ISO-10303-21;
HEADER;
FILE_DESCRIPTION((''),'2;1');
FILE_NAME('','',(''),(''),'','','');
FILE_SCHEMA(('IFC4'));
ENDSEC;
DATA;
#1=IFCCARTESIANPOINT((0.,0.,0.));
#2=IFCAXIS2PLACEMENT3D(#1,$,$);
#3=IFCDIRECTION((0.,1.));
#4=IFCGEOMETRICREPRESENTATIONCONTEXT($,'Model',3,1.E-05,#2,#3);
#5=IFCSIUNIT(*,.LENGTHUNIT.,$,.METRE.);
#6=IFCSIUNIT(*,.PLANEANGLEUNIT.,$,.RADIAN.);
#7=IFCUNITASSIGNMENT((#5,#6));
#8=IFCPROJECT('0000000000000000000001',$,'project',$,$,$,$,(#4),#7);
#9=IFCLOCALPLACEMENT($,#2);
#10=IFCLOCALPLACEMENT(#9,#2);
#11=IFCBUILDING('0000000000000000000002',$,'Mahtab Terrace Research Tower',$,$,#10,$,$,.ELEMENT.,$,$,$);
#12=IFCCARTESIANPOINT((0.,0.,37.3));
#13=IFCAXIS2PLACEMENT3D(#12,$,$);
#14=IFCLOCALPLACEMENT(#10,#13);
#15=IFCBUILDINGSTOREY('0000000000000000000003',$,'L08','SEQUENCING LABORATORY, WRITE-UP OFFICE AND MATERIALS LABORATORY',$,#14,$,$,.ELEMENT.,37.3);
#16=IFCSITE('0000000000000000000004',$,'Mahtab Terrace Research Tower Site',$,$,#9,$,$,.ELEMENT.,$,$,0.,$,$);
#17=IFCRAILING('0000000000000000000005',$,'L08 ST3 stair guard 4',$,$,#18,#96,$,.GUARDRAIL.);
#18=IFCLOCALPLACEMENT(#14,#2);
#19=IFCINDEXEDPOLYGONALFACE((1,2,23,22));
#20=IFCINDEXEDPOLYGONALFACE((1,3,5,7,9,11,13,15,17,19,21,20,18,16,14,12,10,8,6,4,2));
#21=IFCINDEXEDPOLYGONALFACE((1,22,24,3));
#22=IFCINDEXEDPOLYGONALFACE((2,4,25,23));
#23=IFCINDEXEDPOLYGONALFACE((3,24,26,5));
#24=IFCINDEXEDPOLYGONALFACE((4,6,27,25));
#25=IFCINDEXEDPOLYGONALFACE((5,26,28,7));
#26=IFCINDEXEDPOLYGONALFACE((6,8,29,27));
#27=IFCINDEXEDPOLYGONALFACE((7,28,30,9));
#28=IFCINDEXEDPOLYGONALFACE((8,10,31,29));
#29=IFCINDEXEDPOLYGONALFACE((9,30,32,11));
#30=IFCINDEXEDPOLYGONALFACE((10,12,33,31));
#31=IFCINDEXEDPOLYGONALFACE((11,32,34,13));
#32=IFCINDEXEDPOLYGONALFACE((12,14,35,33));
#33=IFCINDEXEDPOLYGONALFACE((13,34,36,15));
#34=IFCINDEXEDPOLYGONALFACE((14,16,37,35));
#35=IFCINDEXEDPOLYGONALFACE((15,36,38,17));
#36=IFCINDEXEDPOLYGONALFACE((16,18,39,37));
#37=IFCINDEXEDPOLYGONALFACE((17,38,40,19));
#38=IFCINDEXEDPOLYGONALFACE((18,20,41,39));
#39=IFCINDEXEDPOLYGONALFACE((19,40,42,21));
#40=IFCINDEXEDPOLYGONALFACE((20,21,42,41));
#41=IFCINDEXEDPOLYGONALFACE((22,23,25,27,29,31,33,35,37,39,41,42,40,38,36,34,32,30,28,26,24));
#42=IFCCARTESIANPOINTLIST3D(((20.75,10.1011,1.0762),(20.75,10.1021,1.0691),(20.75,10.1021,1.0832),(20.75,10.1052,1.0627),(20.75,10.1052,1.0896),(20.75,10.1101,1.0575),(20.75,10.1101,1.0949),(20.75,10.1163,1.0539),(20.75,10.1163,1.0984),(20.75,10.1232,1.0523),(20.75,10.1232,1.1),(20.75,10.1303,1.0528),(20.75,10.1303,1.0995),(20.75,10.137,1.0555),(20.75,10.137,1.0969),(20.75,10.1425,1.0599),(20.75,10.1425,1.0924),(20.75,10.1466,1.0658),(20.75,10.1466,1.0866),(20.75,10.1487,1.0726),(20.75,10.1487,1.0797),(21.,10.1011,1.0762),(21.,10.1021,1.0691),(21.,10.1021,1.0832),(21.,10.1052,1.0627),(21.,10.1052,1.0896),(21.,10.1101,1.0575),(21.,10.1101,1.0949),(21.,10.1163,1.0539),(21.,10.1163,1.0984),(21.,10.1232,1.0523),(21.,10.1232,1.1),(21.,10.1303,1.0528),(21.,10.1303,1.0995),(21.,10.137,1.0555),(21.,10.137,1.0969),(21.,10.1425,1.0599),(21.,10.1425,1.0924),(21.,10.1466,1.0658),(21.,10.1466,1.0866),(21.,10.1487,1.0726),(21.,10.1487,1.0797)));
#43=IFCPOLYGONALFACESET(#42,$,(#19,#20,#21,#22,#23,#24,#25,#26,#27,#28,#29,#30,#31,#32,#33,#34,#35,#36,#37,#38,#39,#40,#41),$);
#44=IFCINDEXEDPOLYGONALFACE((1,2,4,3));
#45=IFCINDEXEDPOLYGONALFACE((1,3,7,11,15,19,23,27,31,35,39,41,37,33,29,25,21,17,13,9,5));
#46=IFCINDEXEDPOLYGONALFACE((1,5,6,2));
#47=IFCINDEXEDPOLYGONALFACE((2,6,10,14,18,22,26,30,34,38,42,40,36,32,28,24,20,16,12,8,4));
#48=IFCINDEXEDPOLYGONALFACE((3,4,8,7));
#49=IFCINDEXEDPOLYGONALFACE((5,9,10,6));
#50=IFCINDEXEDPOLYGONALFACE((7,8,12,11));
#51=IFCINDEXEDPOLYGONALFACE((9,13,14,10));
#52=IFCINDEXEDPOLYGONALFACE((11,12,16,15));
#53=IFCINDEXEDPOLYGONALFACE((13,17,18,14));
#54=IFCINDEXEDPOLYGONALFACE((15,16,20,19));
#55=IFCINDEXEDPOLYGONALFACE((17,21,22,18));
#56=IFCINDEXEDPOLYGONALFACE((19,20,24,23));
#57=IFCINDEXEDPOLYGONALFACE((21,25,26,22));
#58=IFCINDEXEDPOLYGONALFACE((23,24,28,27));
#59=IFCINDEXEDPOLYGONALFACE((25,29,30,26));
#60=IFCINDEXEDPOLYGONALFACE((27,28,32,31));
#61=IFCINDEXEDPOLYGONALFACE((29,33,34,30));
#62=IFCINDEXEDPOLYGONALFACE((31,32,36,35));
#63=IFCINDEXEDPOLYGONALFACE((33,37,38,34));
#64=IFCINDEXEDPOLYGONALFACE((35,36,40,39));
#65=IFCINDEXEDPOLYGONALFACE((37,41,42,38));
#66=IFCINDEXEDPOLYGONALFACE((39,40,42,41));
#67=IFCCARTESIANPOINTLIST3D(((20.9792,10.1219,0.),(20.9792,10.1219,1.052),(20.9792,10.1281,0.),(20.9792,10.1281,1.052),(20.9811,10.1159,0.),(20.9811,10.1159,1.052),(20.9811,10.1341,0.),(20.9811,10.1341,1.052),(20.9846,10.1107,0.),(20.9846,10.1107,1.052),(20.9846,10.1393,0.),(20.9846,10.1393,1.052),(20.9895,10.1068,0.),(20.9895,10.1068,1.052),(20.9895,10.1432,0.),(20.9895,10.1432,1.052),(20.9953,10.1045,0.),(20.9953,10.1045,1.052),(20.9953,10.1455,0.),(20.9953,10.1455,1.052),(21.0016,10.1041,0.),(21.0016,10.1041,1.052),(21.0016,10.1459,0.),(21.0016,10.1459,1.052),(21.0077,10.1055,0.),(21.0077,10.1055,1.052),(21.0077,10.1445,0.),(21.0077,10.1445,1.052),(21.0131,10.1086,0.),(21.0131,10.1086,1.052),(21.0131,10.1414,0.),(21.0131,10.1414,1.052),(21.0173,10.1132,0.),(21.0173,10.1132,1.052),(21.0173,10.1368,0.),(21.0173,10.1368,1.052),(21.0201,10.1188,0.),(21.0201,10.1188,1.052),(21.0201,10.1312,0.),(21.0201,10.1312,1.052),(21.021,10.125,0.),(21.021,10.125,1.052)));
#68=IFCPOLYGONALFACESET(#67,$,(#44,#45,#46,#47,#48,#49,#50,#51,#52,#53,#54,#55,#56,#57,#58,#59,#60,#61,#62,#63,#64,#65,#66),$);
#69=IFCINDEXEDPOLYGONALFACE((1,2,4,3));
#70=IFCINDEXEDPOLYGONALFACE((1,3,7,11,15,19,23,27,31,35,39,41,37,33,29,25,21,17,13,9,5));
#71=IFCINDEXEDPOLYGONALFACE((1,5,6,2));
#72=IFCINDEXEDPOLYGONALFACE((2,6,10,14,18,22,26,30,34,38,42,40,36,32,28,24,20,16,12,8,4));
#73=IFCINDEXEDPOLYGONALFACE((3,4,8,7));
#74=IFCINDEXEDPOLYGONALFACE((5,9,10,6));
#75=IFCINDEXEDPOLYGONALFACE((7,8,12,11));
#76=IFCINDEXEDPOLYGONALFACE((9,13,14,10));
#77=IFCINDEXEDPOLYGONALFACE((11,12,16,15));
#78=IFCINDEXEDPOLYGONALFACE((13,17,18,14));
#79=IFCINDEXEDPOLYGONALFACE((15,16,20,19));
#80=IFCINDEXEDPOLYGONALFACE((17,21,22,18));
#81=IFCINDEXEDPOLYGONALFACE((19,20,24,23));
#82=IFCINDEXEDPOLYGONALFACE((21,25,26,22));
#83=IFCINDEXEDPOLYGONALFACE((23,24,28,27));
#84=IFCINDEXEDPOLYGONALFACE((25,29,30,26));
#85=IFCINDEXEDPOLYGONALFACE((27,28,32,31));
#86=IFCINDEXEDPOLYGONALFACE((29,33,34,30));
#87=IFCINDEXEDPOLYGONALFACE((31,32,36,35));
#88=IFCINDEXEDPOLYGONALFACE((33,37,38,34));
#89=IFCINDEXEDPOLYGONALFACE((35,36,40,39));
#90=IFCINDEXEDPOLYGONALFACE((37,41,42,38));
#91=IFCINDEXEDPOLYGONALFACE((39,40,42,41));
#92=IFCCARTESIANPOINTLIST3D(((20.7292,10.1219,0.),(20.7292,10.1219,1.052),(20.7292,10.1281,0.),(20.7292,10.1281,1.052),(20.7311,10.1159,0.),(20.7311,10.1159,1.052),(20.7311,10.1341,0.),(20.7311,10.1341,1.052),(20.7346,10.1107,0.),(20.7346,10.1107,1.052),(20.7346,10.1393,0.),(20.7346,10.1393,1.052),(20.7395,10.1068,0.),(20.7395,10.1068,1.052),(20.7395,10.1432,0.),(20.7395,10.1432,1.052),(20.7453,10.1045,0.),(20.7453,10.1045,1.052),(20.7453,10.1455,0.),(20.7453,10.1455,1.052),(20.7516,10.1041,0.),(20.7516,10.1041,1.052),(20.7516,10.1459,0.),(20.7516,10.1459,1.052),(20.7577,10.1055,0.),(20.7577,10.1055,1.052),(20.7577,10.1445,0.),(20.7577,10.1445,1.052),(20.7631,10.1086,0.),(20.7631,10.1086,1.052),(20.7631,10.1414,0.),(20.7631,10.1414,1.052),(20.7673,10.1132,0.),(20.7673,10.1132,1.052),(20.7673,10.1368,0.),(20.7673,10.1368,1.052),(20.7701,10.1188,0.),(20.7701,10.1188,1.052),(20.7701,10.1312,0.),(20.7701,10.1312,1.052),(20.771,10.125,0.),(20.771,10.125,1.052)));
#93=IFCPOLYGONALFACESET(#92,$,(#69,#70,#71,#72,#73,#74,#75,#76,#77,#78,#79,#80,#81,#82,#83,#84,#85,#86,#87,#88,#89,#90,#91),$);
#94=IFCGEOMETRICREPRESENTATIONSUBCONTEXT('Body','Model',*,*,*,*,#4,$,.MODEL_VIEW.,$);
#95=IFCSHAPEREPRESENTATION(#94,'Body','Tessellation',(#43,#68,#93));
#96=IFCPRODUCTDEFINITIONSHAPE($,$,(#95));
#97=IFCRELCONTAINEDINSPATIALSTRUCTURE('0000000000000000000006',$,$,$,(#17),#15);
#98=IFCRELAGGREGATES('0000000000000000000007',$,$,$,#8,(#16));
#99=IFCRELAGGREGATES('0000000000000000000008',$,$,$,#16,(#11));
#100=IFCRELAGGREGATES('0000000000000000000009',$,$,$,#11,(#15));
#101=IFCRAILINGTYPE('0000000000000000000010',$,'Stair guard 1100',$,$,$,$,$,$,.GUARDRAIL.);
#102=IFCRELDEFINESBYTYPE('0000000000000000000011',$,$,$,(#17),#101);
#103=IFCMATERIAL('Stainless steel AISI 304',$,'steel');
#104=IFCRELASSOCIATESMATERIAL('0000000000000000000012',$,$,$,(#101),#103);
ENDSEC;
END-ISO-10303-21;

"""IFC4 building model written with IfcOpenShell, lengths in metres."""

from ifc_helpers import new_model, si_unit, direction, frame, origin, origin_2d, place, context, subcontext, project, spatial, circle, extrude, material, type_object, element, save


model = new_model("IFC4")

# Units and contexts
model_context = context("Model", 3, precision=1e-05, world=origin(), true_north=direction((0.0, 1.0)))
body_context = subcontext(model_context, "Body", "Model", "MODEL_VIEW")
ifc_project = project(units=[si_unit("LENGTHUNIT", "METRE"), si_unit("PLANEANGLEUNIT", "RADIAN")], contexts=[model_context])

# Site, building, storey
site_placement = place(None, origin())
site = spatial("IfcSite", under=ifc_project, at=site_placement, Name="Mahtab Terrace Research Tower Site", CompositionType="ELEMENT", RefElevation=0.0)
building_placement = place(site_placement, origin())
building = spatial("IfcBuilding", under=site, at=building_placement, Name="Mahtab Terrace Research Tower", CompositionType="ELEMENT")
storey_placement = place(building_placement, frame((0.0, 0.0, 37.3)))
storey = spatial("IfcBuildingStorey", under=building, at=storey_placement, Name="L08", Description="SEQUENCING LABORATORY, WRITE-UP OFFICE AND MATERIALS LABORATORY", CompositionType="ELEMENT", Elevation=37.3)

# Shared definitions
ifc_material_1 = material(Name="Stainless steel AISI 304", Category="steel")

# Railing
railing_type_1 = type_object("IfcRailingType", Name="Stair guard 1100", PredefinedType="GUARDRAIL", material=ifc_material_1)
railing_1_placement = place(storey_placement, frame((21.0, 10.125, 0.0)))
element("IfcRailing", 1, at=railing_1_placement, inside=storey, type_object=railing_type_1, Name="L08 ST3 stair guard 4", PredefinedType="GUARDRAIL", context=body_context, shape_type="SweptSolid", body=[
    extrude(circle(Radius=0.0239, at=origin_2d()), frame((0.0, 0.0, 1.0762), z_axis=(-1.0, 0.0, 0.0), x_axis=(0.0, -1.0, 0.0)), (0.0, 0.0, 1.0), 0.25),
    extrude(circle(Radius=0.021, at=origin_2d()), origin(), (0.0, 0.0, 1.0), 1.052),
    extrude(circle(Radius=0.021, at=origin_2d()), frame((-0.25, 0.0, 0.0)), (0.0, 0.0, 1.0), 1.052),
])

save(model, "model.ifc")
